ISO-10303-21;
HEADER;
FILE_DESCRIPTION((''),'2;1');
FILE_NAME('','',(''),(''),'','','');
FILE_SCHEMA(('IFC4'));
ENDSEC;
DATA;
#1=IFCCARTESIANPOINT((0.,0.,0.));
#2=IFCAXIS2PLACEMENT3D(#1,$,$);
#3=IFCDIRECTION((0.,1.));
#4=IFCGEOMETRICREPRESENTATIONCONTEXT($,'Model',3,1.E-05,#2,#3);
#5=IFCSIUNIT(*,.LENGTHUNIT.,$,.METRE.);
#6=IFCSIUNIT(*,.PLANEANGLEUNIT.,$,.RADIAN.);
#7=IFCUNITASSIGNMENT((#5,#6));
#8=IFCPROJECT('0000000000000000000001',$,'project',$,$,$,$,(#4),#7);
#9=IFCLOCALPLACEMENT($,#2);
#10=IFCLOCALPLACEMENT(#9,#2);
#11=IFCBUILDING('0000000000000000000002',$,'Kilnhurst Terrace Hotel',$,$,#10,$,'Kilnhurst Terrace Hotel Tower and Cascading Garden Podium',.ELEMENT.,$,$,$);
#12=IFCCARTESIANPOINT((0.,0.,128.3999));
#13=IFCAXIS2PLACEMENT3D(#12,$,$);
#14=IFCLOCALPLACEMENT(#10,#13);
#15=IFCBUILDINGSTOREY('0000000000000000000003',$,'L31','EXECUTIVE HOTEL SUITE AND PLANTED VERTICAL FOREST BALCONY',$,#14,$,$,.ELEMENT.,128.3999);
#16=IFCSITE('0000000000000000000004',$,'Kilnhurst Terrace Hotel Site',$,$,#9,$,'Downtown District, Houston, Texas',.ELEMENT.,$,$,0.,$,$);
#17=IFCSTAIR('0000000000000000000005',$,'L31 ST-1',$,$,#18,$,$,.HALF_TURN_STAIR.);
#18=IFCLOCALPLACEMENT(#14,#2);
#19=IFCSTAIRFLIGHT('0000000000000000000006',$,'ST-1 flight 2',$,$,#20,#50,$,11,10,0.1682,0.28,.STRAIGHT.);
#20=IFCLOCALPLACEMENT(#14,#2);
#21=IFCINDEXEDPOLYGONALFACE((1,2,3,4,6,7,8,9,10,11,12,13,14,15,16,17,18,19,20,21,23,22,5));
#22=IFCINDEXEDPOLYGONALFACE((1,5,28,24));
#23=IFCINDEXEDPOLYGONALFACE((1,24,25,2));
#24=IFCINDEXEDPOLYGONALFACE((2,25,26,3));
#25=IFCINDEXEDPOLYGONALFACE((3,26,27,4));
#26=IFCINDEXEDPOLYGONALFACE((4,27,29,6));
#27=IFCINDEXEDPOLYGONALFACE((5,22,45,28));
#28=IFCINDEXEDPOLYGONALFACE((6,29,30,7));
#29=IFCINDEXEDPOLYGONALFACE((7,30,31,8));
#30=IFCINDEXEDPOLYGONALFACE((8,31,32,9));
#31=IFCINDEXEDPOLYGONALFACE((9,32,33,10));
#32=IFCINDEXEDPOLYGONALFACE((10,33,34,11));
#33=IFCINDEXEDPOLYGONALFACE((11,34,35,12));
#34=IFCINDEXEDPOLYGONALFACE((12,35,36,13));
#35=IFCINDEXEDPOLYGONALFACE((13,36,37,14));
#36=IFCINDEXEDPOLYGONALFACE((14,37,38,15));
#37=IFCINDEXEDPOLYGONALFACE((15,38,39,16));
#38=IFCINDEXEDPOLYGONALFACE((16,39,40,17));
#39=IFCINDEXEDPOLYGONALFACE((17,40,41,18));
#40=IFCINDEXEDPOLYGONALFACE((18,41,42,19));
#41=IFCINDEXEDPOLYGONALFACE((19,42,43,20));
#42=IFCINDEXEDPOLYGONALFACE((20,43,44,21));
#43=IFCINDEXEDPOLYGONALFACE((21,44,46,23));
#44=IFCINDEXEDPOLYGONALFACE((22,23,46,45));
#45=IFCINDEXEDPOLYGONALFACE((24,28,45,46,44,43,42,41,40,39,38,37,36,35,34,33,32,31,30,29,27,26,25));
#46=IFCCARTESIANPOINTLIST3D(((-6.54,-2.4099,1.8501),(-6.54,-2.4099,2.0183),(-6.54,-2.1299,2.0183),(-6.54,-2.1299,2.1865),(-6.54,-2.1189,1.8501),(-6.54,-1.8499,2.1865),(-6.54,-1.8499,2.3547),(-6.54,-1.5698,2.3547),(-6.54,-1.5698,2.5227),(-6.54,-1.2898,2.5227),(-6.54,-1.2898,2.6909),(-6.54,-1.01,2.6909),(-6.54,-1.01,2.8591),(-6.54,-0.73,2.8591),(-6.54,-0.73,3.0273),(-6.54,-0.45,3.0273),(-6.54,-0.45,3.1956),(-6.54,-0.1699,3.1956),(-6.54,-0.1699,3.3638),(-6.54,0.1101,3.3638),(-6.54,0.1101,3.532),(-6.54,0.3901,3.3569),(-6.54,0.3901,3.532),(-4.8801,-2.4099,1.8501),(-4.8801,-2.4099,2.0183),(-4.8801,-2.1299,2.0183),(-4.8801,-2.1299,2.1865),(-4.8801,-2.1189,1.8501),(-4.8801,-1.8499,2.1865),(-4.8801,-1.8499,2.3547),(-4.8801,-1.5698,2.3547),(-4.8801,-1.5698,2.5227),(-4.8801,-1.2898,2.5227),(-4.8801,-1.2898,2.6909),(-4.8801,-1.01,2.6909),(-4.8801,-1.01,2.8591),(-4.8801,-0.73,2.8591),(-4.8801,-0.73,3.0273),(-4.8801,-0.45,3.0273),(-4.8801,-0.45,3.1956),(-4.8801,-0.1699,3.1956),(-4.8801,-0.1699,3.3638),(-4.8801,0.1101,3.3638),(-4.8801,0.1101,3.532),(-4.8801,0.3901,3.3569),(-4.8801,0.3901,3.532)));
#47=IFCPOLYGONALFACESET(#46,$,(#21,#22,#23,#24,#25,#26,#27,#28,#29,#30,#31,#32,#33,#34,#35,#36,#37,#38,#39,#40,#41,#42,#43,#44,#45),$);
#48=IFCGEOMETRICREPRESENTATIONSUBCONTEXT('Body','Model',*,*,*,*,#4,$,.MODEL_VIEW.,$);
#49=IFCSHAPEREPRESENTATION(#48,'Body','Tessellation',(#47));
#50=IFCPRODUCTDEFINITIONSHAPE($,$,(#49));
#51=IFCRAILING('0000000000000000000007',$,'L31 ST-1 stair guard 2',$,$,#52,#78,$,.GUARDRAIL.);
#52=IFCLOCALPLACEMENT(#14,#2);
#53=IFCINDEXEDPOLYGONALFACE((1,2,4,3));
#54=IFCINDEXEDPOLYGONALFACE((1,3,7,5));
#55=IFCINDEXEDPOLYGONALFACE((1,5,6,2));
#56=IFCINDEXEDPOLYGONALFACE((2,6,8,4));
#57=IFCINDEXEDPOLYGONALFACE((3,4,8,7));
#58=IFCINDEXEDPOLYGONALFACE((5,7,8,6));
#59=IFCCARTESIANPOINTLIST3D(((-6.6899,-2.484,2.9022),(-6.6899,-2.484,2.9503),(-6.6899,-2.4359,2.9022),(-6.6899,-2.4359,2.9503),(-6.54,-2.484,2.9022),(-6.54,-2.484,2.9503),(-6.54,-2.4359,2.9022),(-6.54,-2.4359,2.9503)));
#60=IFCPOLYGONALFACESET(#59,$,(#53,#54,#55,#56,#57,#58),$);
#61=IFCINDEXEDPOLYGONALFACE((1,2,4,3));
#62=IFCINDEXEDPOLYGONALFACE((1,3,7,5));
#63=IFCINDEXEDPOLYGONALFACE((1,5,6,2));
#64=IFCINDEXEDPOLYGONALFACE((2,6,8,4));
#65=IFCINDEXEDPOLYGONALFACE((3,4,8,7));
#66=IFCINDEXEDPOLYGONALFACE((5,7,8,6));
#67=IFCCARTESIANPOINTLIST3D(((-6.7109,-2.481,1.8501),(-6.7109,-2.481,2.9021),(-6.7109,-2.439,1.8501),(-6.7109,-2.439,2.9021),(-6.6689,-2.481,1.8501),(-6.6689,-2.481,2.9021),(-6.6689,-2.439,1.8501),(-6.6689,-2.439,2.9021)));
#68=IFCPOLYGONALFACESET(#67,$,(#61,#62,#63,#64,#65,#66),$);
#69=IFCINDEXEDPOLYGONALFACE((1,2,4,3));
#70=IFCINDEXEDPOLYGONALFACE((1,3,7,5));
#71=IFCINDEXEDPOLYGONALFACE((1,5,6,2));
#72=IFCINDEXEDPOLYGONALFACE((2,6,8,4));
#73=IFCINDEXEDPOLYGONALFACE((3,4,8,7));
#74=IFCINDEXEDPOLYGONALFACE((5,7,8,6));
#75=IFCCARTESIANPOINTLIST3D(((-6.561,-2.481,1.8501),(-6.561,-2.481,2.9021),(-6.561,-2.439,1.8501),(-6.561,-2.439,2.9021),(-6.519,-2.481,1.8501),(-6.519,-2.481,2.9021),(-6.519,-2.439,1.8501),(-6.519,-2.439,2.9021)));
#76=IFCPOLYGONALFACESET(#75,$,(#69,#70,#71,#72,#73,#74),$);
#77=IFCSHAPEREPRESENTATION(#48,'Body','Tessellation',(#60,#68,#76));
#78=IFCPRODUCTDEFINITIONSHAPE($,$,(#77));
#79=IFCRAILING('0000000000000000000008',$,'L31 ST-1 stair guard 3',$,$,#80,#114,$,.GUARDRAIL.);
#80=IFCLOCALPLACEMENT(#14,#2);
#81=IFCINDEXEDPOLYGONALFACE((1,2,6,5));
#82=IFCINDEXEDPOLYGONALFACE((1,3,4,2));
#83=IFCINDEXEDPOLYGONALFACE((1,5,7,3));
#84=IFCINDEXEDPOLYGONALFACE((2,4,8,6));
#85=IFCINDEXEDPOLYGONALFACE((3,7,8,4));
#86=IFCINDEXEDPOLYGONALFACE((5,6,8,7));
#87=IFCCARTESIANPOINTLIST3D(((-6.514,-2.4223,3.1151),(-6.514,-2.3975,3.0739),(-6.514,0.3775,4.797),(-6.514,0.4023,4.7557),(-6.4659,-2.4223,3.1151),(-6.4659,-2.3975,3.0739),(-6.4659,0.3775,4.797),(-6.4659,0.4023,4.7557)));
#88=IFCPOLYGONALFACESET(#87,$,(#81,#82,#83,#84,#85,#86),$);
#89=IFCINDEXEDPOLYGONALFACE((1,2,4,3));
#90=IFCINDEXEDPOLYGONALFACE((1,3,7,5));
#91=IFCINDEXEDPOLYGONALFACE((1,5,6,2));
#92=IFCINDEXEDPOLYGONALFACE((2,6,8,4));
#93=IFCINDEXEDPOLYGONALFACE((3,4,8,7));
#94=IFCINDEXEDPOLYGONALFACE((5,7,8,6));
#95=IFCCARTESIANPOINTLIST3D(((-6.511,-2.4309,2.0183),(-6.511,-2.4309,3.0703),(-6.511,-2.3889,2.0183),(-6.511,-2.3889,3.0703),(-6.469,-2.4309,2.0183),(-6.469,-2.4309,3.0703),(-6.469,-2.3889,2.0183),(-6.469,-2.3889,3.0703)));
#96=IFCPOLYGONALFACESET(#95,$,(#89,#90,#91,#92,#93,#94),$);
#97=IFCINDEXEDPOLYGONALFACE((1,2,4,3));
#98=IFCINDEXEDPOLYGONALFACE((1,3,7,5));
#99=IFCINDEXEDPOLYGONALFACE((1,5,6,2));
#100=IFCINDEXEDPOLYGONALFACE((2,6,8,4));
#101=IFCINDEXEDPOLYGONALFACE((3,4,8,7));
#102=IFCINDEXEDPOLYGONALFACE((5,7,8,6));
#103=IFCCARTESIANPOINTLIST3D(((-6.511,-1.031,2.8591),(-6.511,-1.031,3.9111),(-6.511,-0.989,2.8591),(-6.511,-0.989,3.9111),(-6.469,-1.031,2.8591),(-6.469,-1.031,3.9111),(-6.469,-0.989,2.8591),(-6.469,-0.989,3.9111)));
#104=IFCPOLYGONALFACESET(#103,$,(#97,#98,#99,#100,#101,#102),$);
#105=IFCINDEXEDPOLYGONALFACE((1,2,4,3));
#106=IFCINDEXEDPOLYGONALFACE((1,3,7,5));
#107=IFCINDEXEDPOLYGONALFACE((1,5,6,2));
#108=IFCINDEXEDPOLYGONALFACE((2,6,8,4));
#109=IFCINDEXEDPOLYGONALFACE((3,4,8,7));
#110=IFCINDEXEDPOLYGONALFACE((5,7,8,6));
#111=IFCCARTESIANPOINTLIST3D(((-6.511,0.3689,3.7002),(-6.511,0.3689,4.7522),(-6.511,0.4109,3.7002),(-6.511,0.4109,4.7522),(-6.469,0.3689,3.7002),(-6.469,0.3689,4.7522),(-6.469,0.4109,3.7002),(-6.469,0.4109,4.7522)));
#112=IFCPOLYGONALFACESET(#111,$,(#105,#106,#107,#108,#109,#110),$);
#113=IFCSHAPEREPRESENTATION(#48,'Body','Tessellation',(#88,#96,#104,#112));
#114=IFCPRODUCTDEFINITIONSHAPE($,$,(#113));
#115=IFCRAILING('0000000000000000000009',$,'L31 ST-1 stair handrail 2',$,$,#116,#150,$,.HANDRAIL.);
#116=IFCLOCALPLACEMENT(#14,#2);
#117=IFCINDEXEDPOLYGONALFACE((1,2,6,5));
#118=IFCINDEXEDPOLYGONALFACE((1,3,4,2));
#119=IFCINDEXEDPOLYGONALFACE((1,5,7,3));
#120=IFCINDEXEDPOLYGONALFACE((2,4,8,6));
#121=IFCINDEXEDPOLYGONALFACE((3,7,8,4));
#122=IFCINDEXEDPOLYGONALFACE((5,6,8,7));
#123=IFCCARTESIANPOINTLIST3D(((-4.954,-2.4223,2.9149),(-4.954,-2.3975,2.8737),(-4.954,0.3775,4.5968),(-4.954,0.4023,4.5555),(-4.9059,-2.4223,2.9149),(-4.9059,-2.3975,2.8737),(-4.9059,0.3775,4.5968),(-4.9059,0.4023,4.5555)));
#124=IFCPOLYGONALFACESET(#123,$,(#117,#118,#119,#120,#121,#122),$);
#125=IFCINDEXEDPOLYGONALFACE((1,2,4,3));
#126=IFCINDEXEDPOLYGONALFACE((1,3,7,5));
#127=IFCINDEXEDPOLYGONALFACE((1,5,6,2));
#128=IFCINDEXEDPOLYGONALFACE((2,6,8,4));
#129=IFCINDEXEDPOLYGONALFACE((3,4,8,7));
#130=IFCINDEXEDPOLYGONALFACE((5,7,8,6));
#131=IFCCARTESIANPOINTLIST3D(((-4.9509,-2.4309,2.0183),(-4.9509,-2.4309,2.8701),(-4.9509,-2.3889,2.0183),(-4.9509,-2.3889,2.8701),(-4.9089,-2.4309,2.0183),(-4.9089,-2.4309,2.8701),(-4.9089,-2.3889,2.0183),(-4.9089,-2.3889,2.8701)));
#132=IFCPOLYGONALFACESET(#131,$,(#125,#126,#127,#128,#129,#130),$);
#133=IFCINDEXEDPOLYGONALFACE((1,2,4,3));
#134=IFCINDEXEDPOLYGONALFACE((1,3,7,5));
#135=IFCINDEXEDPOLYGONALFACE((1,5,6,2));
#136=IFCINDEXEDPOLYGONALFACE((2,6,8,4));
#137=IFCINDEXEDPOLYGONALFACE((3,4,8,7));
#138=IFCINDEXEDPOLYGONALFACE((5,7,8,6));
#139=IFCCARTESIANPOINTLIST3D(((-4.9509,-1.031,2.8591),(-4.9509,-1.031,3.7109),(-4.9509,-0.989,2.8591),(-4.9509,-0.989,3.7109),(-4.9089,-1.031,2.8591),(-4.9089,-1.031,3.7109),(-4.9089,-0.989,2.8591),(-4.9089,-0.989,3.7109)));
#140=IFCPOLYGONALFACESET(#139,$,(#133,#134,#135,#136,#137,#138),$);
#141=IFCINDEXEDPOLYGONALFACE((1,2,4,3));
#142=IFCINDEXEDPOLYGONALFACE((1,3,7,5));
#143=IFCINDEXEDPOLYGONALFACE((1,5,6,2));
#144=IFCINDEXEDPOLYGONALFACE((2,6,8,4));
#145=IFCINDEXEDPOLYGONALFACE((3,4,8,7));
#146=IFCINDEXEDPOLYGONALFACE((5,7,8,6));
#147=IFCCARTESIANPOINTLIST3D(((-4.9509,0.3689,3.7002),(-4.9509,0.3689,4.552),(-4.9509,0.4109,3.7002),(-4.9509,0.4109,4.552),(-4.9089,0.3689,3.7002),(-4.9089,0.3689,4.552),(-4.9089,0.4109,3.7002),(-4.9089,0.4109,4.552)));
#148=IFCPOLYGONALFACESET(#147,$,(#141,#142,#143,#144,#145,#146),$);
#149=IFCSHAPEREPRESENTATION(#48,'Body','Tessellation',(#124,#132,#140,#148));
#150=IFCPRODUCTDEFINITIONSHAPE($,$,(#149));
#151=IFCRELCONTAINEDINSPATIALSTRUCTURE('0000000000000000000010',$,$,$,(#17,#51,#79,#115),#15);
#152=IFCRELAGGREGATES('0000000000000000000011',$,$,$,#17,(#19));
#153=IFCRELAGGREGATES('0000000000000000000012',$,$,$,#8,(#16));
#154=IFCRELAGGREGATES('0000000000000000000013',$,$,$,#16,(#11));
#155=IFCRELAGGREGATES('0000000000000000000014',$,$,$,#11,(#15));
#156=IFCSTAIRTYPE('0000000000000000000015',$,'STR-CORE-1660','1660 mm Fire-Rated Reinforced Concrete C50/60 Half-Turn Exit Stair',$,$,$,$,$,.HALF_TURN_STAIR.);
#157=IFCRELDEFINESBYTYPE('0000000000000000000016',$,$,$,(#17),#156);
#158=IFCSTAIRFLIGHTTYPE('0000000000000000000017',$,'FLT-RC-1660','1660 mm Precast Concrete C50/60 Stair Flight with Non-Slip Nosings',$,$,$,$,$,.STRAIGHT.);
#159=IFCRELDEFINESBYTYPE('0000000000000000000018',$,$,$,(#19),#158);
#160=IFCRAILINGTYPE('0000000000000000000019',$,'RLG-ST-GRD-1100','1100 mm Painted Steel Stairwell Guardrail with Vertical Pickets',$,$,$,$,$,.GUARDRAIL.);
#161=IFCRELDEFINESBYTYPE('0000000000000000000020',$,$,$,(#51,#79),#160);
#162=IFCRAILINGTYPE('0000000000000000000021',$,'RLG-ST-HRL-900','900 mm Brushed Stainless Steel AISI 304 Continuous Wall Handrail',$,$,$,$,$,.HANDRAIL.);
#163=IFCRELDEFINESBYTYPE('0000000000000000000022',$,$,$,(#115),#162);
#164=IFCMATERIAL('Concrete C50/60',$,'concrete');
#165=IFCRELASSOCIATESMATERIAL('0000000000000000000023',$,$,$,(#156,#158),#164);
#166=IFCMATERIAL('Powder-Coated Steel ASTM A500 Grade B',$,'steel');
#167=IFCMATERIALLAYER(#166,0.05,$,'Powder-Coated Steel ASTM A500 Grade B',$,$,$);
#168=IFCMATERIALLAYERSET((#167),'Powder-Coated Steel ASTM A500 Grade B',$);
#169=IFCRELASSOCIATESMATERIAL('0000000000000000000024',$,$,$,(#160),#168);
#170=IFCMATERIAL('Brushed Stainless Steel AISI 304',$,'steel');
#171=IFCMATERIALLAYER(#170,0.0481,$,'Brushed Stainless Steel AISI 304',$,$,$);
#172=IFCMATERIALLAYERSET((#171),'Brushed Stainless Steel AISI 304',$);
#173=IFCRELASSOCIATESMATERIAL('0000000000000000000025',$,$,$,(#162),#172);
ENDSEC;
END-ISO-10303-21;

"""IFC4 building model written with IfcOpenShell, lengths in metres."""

from ifc_helpers import new_model, si_unit, direction, frame, origin, origin_2d, place, context, subcontext, project, spatial, polyline, rectangle, outline, extrude, material, layer, layer_set, type_object, element, aggregate, save


model = new_model("IFC4")

# Units and contexts
model_context = context("Model", 3, precision=1e-05, world=origin(), true_north=direction((0.0, 1.0)))
body_context = subcontext(model_context, "Body", "Model", "MODEL_VIEW")
ifc_project = project(units=[si_unit("LENGTHUNIT", "METRE"), si_unit("PLANEANGLEUNIT", "RADIAN")], contexts=[model_context])

# Site, building, storey
site_placement = place(None, origin())
site = spatial("IfcSite", under=ifc_project, at=site_placement, Name="Kilnhurst Terrace Hotel Site", LongName="Downtown District, Houston, Texas", CompositionType="ELEMENT", RefElevation=0.0)
building_placement = place(site_placement, origin())
building = spatial("IfcBuilding", under=site, at=building_placement, Name="Kilnhurst Terrace Hotel", LongName="Kilnhurst Terrace Hotel Tower and Cascading Garden Podium", CompositionType="ELEMENT")
storey_placement = place(building_placement, frame((0.0, 0.0, 128.3999)))
storey = spatial("IfcBuildingStorey", under=building, at=storey_placement, Name="L31", Description="EXECUTIVE HOTEL SUITE AND PLANTED VERTICAL FOREST BALCONY", CompositionType="ELEMENT", Elevation=128.3999)

# Shared definitions
ifc_material_1 = material(Name="Concrete C50/60", Category="concrete")

# Stair, stair flight
stair_type = type_object("IfcStairType", Name="STR-CORE-1660", Description="1660 mm Fire-Rated Reinforced Concrete C50/60 Half-Turn Exit Stair", PredefinedType="HALF_TURN_STAIR", material=ifc_material_1)
stair_placement = place(storey_placement, origin())
stair = element("IfcStair", 1, at=stair_placement, inside=storey, type_object=stair_type, Name="L31 ST-1", PredefinedType="HALF_TURN_STAIR")
stair_flight_type = type_object("IfcStairFlightType", Name="FLT-RC-1660", Description="1660 mm Precast Concrete C50/60 Stair Flight with Non-Slip Nosings", PredefinedType="STRAIGHT", material=ifc_material_1)
stair_flight_placement = place(storey_placement, frame((-5.71, -2.4099, 1.8501), z_axis=(0.0, 0.0, 1.0), x_axis=(0.0, 1.0, 0.0)))
stair_flight = element("IfcStairFlight", 2, at=stair_flight_placement, type_object=stair_flight_type, Name="ST-1 flight 2", NumberOfRisers=11, NumberOfTreads=10, PredefinedType="STRAIGHT", RiserHeight=0.1682, TreadLength=0.28, context=body_context, shape_type="SweptSolid", body=[
    extrude(outline(polyline([(0.0, 0.0), (0.0, 0.1682), (0.28, 0.1682), (0.28, 0.3364), (0.5601, 0.3364), (0.5601, 0.5046), (0.8401, 0.5046), (0.8401, 0.6726), (1.1201, 0.6726), (1.1201, 0.8408), (1.3999, 0.8408), (1.3999, 1.009), (1.6799, 1.009), (1.6799, 1.1772), (1.96, 1.1772), (1.96, 1.3455), (2.24, 1.3455), (2.24, 1.5137), (2.52, 1.5137), (2.52, 1.6819), (2.8, 1.6819), (2.8, 1.8501), (2.8, 1.5068), (0.291, 0.0), (0.0, 0.0)])), frame((0.0, 0.8301, 0.0), z_axis=(0.0, -1.0, 0.0), x_axis=(1.0, 0.0, 0.0)), (0.0, 0.0, 1.0), 1.6599),
])
aggregate(stair, [stair_flight])

# Railings
ifc_material_2 = material(Name="Powder-Coated Steel ASTM A500 Grade B", Category="steel")
ifc_layer_1 = layer(ifc_material_2, 0.05, Name="Powder-Coated Steel ASTM A500 Grade B")
ifc_layer_set_1 = layer_set([ifc_layer_1], Name="Powder-Coated Steel ASTM A500 Grade B")
railing_type_1 = type_object("IfcRailingType", Name="RLG-ST-GRD-1100", Description="1100 mm Painted Steel Stairwell Guardrail with Vertical Pickets", PredefinedType="GUARDRAIL", material=ifc_layer_set_1)
railing_1_placement = place(storey_placement, frame((-6.6899, -2.46, 1.8501)))
element("IfcRailing", 3, at=railing_1_placement, inside=storey, type_object=railing_type_1, Name="L31 ST-1 stair guard 2", PredefinedType="GUARDRAIL", context=body_context, shape_type="SweptSolid", body=[
    extrude(rectangle(XDim=0.0481, YDim=0.0481, at=origin_2d()), frame((0.0, 0.0, 1.0762), z_axis=(1.0, 0.0, 0.0), x_axis=(0.0, 1.0, 0.0)), (0.0, 0.0, 1.0), 0.1499),
    extrude(rectangle(XDim=0.042, YDim=0.042, at=origin_2d()), origin(), (0.0, 0.0, 1.0), 1.052),
    extrude(rectangle(XDim=0.042, YDim=0.042, at=origin_2d()), frame((0.1499, 0.0, 0.0)), (0.0, 0.0, 1.0), 1.052),
])
railing_2_placement = place(storey_placement, frame((-6.49, -2.4099, 2.0183)))
element("IfcRailing", 4, at=railing_2_placement, inside=storey, type_object=railing_type_1, Name="L31 ST-1 stair guard 3", PredefinedType="GUARDRAIL", context=body_context, shape_type="SweptSolid", body=[
    extrude(rectangle(XDim=0.0481, YDim=0.0481, at=origin_2d()), frame((0.0, 0.0, 1.0762), z_axis=(0.0, 0.857222, 0.514946), x_axis=(-1.0, 0.0, 0.0)), (0.0, 0.0, 1.0), 3.2661),
    extrude(rectangle(XDim=0.042, YDim=0.042, at=origin_2d()), origin(), (0.0, 0.0, 1.0), 1.052),
    extrude(rectangle(XDim=0.042, YDim=0.042, at=origin_2d()), frame((0.0, 1.3999, 0.8408)), (0.0, 0.0, 1.0), 1.052),
    extrude(rectangle(XDim=0.042, YDim=0.042, at=origin_2d()), frame((0.0, 2.7998, 1.6819)), (0.0, 0.0, 1.0), 1.052),
])
ifc_material_3 = material(Name="Brushed Stainless Steel AISI 304", Category="steel")
ifc_layer_2 = layer(ifc_material_3, 0.0481, Name="Brushed Stainless Steel AISI 304")
ifc_layer_set_2 = layer_set([ifc_layer_2], Name="Brushed Stainless Steel AISI 304")
railing_type_2 = type_object("IfcRailingType", Name="RLG-ST-HRL-900", Description="900 mm Brushed Stainless Steel AISI 304 Continuous Wall Handrail", PredefinedType="HANDRAIL", material=ifc_layer_set_2)
railing_3_placement = place(storey_placement, frame((-4.9299, -2.4099, 2.0183)))
element("IfcRailing", 5, at=railing_3_placement, inside=storey, type_object=railing_type_2, Name="L31 ST-1 stair handrail 2", PredefinedType="HANDRAIL", context=body_context, shape_type="SweptSolid", body=[
    extrude(rectangle(XDim=0.0481, YDim=0.0481, at=origin_2d()), frame((0.0, 0.0, 0.876), z_axis=(0.0, 0.857222, 0.514946), x_axis=(-1.0, 0.0, 0.0)), (0.0, 0.0, 1.0), 3.2661),
    extrude(rectangle(XDim=0.042, YDim=0.042, at=origin_2d()), origin(), (0.0, 0.0, 1.0), 0.8518),
    extrude(rectangle(XDim=0.042, YDim=0.042, at=origin_2d()), frame((0.0, 1.3999, 0.8408)), (0.0, 0.0, 1.0), 0.8518),
    extrude(rectangle(XDim=0.042, YDim=0.042, at=origin_2d()), frame((0.0, 2.7998, 1.6819)), (0.0, 0.0, 1.0), 0.8518),
])

save(model, "model.ifc")
